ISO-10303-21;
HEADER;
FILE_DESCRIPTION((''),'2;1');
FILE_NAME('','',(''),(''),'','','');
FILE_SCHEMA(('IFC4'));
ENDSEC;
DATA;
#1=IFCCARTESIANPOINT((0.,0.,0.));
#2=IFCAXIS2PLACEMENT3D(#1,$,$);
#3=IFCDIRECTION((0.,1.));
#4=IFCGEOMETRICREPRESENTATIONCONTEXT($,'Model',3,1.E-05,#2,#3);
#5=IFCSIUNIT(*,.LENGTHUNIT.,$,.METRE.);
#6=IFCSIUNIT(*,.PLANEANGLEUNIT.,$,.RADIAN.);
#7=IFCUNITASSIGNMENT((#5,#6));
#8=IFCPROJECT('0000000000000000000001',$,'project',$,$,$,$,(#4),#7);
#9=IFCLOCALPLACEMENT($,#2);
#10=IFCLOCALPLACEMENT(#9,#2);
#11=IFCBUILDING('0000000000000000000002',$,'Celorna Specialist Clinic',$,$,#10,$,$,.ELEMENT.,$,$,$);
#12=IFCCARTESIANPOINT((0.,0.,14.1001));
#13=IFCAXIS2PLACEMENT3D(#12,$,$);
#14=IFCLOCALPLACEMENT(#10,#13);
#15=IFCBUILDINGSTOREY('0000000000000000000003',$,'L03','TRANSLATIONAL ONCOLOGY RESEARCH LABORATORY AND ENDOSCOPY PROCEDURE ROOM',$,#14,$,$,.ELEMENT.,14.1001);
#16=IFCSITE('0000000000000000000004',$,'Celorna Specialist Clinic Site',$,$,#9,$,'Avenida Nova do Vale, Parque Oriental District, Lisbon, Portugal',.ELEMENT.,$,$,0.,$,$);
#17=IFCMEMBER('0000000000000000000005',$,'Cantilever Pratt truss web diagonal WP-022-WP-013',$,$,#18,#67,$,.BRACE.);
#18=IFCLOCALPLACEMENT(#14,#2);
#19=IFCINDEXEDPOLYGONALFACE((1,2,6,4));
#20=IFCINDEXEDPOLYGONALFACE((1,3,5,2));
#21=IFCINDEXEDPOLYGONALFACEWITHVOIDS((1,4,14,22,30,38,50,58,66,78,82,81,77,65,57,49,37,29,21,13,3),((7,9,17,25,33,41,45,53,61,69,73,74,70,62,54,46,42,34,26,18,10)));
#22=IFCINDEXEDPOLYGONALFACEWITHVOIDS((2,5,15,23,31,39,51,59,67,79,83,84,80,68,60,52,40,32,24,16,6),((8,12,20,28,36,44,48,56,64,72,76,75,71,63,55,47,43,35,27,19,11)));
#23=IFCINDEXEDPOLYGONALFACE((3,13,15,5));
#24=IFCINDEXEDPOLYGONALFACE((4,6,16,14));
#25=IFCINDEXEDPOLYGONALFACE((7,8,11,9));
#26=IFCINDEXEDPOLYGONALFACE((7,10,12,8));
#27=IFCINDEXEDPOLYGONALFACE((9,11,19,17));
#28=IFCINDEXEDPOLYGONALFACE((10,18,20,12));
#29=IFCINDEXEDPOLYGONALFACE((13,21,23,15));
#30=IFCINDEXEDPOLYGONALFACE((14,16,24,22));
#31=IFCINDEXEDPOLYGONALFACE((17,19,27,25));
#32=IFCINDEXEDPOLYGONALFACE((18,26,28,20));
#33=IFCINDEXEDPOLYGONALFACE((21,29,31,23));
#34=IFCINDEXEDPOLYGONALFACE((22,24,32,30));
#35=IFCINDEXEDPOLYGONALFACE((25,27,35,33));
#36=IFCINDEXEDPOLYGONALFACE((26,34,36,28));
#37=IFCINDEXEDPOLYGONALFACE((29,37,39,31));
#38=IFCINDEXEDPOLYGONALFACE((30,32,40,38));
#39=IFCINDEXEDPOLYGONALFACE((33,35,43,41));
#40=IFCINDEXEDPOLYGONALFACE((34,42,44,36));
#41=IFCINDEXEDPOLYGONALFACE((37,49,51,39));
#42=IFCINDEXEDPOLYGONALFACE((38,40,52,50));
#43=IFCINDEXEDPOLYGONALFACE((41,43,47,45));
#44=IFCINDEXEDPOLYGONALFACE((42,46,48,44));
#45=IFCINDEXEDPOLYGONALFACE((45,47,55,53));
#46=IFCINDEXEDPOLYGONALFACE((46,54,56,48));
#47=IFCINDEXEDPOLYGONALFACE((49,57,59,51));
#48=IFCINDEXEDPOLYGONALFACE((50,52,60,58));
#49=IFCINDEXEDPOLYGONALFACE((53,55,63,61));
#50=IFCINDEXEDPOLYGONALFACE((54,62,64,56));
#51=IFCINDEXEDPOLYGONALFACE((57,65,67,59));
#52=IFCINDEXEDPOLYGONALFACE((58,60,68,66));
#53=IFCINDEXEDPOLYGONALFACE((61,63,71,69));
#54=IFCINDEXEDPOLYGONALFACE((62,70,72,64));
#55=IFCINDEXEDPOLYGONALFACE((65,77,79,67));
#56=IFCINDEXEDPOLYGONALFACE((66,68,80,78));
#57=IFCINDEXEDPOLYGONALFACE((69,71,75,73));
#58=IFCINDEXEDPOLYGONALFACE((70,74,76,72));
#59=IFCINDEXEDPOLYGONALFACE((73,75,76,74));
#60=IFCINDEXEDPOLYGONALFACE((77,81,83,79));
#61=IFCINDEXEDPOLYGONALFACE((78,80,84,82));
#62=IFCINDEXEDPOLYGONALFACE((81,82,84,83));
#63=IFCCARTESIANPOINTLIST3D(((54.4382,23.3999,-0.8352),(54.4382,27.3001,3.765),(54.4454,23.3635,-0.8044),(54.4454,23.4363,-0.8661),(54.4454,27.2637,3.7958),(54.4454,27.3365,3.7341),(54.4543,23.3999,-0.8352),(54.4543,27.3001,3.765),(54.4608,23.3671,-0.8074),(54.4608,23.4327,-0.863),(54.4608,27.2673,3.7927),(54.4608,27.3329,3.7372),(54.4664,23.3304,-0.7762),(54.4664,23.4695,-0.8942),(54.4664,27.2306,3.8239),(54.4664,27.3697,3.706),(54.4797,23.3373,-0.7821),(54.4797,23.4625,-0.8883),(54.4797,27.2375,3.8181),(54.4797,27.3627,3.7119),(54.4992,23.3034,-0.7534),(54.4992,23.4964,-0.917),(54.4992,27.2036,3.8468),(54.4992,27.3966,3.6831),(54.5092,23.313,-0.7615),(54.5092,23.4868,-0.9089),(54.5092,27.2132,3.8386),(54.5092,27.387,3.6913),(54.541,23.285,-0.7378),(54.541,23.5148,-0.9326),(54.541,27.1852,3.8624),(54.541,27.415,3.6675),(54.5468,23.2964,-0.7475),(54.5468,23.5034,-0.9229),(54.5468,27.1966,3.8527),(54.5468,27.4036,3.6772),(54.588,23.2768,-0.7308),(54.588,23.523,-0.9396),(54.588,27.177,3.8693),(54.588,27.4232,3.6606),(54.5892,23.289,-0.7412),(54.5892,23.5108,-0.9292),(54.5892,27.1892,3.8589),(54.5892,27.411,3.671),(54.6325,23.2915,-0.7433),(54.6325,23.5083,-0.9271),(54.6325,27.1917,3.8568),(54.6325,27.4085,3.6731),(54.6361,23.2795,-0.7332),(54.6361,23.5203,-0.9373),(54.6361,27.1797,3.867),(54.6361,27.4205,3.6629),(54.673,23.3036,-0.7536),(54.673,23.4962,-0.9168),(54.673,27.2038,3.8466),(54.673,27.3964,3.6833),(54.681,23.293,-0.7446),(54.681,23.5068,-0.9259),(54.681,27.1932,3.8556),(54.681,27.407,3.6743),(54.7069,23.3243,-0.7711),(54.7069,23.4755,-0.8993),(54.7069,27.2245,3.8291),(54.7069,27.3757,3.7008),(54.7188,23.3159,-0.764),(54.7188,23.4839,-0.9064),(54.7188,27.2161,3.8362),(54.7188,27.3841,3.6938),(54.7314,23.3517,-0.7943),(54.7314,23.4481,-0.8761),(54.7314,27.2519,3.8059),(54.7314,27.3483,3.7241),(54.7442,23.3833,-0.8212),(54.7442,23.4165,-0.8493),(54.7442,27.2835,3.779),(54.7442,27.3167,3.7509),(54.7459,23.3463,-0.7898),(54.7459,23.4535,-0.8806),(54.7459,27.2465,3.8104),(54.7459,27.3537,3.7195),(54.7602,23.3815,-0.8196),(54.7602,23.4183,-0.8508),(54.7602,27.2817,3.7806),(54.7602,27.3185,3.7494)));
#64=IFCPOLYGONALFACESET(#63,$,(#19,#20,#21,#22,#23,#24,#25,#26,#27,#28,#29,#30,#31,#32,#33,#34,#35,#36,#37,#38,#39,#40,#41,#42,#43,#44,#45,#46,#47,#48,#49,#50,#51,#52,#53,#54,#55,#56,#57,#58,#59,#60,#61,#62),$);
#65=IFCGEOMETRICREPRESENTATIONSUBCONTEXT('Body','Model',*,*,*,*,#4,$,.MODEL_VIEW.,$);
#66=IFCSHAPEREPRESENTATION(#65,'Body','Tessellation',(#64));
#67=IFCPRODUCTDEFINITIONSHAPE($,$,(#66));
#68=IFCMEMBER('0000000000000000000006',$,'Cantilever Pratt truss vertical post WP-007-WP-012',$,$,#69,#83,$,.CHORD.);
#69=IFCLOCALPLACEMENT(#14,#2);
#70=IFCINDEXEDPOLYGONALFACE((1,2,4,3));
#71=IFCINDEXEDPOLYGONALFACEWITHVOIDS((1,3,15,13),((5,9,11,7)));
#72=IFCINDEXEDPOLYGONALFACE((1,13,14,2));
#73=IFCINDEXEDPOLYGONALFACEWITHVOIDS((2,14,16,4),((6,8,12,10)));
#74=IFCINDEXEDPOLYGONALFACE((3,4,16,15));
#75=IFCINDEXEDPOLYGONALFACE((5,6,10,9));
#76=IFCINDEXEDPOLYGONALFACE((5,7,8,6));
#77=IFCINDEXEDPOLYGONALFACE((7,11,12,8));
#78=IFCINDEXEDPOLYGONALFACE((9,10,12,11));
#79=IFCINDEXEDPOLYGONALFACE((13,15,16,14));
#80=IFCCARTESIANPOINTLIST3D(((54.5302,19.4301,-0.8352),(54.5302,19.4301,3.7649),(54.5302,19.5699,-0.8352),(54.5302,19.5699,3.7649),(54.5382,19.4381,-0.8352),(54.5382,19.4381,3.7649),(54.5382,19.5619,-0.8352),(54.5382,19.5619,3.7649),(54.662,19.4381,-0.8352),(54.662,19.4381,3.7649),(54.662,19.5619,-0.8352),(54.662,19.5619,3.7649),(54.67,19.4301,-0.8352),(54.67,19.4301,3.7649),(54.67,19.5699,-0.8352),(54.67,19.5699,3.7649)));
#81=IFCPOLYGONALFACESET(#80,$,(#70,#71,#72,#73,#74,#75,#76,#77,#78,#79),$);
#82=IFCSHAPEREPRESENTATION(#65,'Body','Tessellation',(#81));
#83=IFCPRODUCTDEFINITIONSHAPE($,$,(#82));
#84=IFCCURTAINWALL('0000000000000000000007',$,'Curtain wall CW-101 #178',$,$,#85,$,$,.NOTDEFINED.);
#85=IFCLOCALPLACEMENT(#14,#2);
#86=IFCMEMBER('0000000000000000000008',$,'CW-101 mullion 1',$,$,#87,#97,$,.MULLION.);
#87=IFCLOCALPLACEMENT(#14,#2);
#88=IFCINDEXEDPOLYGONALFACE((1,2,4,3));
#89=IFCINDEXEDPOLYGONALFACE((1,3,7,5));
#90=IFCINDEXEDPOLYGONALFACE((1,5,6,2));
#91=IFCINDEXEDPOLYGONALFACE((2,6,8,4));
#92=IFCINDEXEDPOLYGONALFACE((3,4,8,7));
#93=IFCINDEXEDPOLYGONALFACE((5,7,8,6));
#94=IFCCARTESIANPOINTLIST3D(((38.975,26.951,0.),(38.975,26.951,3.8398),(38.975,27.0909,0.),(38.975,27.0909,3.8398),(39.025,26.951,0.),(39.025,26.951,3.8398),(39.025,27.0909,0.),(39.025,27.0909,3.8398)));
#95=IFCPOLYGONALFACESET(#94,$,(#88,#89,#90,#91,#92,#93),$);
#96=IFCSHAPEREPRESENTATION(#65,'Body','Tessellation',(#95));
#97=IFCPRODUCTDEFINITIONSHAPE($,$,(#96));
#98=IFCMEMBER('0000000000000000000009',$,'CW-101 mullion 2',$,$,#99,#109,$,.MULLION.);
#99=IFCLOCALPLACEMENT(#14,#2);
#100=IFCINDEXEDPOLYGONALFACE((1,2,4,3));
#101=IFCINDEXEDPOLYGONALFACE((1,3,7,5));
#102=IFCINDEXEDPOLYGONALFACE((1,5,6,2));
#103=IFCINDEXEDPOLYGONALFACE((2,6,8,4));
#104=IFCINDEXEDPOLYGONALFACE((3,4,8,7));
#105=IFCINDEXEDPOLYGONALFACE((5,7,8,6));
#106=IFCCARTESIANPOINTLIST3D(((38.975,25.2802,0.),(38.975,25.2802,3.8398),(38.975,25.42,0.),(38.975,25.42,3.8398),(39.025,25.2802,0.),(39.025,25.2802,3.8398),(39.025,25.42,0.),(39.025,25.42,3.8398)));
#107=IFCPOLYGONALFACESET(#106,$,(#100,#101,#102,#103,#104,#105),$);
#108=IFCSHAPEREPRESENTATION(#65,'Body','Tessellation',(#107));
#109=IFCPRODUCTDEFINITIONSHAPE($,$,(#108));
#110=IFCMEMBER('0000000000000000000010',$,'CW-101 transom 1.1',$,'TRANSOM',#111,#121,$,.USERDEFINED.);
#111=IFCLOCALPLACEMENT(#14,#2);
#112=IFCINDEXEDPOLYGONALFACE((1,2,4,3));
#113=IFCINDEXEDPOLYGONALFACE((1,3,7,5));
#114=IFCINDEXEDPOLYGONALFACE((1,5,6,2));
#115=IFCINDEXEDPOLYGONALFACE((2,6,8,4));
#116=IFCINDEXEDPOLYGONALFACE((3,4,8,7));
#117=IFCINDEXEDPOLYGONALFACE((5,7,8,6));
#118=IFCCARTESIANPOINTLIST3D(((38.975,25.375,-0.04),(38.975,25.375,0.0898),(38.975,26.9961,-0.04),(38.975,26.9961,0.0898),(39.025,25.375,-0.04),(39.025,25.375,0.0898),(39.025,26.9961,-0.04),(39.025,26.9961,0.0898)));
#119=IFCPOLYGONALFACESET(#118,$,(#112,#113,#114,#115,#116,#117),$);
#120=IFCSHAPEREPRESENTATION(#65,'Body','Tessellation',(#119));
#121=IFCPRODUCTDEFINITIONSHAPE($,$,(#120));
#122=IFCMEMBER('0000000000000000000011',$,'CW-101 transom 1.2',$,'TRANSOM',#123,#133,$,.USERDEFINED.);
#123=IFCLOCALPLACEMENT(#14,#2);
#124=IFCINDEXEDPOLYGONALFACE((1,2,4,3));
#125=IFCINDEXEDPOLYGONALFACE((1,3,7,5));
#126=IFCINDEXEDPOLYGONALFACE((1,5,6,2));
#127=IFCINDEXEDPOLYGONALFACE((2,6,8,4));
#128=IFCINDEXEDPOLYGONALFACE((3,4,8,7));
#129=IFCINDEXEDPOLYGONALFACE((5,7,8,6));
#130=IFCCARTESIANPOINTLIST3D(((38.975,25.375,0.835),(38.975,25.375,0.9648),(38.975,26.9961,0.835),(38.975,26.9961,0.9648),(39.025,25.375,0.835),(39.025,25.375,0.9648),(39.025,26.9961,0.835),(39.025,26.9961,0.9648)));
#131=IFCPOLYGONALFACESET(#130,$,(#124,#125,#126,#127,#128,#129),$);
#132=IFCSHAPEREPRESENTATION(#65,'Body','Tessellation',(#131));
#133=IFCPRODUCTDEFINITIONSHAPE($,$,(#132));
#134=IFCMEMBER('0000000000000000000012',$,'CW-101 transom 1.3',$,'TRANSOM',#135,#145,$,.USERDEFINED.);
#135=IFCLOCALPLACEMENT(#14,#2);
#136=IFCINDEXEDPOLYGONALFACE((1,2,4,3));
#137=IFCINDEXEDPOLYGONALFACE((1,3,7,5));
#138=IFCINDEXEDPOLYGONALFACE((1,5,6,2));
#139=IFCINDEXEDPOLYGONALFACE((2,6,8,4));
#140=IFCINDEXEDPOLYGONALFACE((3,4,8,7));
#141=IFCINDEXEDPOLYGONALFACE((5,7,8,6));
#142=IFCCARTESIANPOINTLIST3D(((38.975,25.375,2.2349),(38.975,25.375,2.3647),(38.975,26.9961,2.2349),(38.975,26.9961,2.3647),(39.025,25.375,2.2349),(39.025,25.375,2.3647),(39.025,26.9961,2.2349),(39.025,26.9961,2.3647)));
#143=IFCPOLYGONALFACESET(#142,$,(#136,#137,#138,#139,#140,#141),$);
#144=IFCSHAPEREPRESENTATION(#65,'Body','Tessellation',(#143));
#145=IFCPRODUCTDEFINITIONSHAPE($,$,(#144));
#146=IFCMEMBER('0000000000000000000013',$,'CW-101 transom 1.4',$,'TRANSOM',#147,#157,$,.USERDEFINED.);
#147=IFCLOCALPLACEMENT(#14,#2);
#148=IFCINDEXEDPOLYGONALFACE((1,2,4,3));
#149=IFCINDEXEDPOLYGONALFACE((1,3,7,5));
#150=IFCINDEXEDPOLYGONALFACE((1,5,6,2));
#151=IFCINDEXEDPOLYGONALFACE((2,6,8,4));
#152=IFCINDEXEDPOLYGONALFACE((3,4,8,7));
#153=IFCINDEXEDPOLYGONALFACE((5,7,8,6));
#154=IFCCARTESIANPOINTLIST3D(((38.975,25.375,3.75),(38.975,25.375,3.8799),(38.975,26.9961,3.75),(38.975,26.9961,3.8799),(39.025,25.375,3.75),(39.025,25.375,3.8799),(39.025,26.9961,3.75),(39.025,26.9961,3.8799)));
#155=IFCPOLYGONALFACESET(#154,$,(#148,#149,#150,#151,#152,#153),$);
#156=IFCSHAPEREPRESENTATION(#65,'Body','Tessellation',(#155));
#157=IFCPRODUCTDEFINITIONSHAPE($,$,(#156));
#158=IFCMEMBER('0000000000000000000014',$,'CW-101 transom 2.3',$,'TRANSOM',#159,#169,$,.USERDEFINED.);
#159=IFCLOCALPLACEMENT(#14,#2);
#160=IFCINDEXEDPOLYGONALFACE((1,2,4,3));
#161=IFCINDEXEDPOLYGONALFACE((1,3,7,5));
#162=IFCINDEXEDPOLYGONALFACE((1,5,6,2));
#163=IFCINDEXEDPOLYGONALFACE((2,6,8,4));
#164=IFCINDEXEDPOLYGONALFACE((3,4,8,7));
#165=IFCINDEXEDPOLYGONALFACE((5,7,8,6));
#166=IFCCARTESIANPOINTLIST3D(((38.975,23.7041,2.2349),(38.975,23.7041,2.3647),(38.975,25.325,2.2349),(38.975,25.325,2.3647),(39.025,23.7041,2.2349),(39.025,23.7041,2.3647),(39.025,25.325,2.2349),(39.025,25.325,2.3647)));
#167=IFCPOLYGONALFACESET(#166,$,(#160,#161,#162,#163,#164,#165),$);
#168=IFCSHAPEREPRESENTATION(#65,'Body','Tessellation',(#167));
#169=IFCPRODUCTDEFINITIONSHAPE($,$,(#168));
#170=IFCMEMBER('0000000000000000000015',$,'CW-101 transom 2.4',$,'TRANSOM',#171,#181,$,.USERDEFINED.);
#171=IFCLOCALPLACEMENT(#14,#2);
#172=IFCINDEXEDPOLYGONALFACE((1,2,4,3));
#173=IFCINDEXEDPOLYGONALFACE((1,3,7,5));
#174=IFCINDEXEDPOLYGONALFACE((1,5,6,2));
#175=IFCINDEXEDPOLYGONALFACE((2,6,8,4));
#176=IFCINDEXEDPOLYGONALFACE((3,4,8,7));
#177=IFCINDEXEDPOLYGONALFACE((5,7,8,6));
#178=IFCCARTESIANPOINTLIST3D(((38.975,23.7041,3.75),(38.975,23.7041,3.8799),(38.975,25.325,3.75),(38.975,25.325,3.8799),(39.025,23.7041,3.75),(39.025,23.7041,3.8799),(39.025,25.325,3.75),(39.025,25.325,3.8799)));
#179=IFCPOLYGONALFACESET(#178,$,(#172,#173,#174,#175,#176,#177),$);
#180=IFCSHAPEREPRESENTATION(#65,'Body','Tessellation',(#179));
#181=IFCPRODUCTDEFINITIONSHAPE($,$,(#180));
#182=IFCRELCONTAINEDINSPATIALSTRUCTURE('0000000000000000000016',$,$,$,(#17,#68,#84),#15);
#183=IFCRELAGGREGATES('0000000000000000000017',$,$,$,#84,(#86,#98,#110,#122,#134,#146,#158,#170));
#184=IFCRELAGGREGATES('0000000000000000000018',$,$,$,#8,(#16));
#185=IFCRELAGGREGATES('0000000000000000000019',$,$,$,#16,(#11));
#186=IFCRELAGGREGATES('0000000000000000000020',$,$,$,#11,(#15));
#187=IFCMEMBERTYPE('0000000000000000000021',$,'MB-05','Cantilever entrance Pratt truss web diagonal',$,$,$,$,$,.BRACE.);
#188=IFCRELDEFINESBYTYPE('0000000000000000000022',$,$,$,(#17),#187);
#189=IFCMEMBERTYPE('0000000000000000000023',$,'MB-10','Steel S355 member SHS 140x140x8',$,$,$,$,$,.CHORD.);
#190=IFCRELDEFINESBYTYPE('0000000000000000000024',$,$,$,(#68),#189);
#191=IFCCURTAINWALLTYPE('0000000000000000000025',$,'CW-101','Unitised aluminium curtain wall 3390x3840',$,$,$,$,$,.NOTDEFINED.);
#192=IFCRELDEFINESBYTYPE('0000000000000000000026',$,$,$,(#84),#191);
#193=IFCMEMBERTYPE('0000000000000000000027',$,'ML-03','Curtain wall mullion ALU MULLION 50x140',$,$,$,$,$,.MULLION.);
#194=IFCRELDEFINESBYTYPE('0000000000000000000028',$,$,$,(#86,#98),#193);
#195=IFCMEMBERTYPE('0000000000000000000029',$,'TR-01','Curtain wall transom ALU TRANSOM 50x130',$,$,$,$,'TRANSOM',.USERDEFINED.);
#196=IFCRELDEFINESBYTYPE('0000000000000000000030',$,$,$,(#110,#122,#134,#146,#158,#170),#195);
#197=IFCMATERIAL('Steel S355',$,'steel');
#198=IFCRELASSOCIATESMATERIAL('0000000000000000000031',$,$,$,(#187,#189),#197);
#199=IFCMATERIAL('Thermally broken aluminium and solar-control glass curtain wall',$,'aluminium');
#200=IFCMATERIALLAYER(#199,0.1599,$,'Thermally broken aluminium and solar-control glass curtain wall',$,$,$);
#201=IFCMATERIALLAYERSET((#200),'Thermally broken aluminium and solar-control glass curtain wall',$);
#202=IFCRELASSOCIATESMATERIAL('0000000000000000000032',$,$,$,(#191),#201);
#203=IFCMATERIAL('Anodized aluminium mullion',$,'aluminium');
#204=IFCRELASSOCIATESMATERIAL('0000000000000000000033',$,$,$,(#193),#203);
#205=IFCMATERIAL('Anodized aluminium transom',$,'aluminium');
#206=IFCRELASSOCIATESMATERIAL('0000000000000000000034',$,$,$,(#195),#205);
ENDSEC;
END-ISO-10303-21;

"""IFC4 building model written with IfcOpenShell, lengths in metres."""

from ifc_helpers import new_model, si_unit, direction, frame, origin, origin_2d, place, context, subcontext, project, spatial, rectangle, hollow_rectangle, hollow_circle, extrude, material, layer, layer_set, material_profile, profile_set, type_object, element, aggregate, save


model = new_model("IFC4")

# Units and contexts
model_context = context("Model", 3, precision=1e-05, world=origin(), true_north=direction((0.0, 1.0)))
body_context = subcontext(model_context, "Body", "Model", "MODEL_VIEW")
ifc_project = project(units=[si_unit("LENGTHUNIT", "METRE"), si_unit("PLANEANGLEUNIT", "RADIAN")], contexts=[model_context])

# Site, building, storey
site_placement = place(None, origin())
site = spatial("IfcSite", under=ifc_project, at=site_placement, Name="Celorna Specialist Clinic Site", LongName="Avenida Nova do Vale, Parque Oriental District, Lisbon, Portugal", CompositionType="ELEMENT", RefElevation=0.0)
building_placement = place(site_placement, origin())
building = spatial("IfcBuilding", under=site, at=building_placement, Name="Celorna Specialist Clinic", CompositionType="ELEMENT")
storey_placement = place(building_placement, frame((0.0, 0.0, 14.1001)))
storey = spatial("IfcBuildingStorey", under=building, at=storey_placement, Name="L03", Description="TRANSLATIONAL ONCOLOGY RESEARCH LABORATORY AND ENDOSCOPY PROCEDURE ROOM", CompositionType="ELEMENT", Elevation=14.1001)

# Shared definitions
ifc_material_1 = material(Name="Steel S355", Category="steel")

# Members
ifc_material_profile_1 = material_profile(ifc_material_1, hollow_circle(Radius=0.1619, WallThickness=0.0161, at=origin_2d()), Name="CHS 323.9x16")
ifc_profile_set_1 = profile_set([ifc_material_profile_1], Name="Steel S355")
member_type_1 = type_object("IfcMemberType", Name="MB-05", Description="Cantilever entrance Pratt truss web diagonal", PredefinedType="BRACE", material=ifc_profile_set_1)
member_1_placement = place(storey_placement, frame((54.6001, 23.3999, -0.8352), z_axis=(0.0, 0.646691, 0.762752), x_axis=(-1.0, 0.0, 0.0)))
element("IfcMember", 1, at=member_1_placement, inside=storey, type_object=member_type_1, Name="Cantilever Pratt truss web diagonal WP-022-WP-013", PredefinedType="BRACE", context=body_context, shape_type="SweptSolid", body=[
    extrude(hollow_circle(Radius=0.1619, WallThickness=0.0161, at=origin_2d()), origin(), (0.0, 0.0, 1.0), 6.031),
])
ifc_material_profile_2 = material_profile(ifc_material_1, hollow_rectangle(XDim=0.1399, YDim=0.1399, WallThickness=0.0081, at=origin_2d()), Name="SHS 140x140x8")
ifc_profile_set_2 = profile_set([ifc_material_profile_2], Name="Steel S355")
member_type_2 = type_object("IfcMemberType", Name="MB-10", Description="Steel S355 member SHS 140x140x8", PredefinedType="CHORD", material=ifc_profile_set_2)
member_2_placement = place(storey_placement, frame((54.6001, 19.5, -0.8352), z_axis=(0.0, 0.0, 1.0), x_axis=(1.0, 0.0, 0.0)))
element("IfcMember", 2, at=member_2_placement, inside=storey, type_object=member_type_2, Name="Cantilever Pratt truss vertical post WP-007-WP-012", PredefinedType="CHORD", context=body_context, shape_type="SweptSolid", body=[
    extrude(hollow_rectangle(XDim=0.1399, YDim=0.1399, WallThickness=0.0081, at=origin_2d()), origin(), (0.0, 0.0, 1.0), 4.6001),
])

# Curtain wall, members
ifc_material_2 = material(Name="Thermally broken aluminium and solar-control glass curtain wall", Category="aluminium")
ifc_layer_1 = layer(ifc_material_2, 0.1599, Name="Thermally broken aluminium and solar-control glass curtain wall")
ifc_layer_set_1 = layer_set([ifc_layer_1], Name="Thermally broken aluminium and solar-control glass curtain wall")
curtain_wall_type = type_object("IfcCurtainWallType", Name="CW-101", Description="Unitised aluminium curtain wall 3390x3840", PredefinedType="NOTDEFINED", material=ifc_layer_set_1)
curtain_wall_placement = place(storey_placement, origin())
curtain_wall = element("IfcCurtainWall", 3, at=curtain_wall_placement, inside=storey, type_object=curtain_wall_type, Name="Curtain wall CW-101 #178", PredefinedType="NOTDEFINED")
ifc_material_3 = material(Name="Anodized aluminium mullion", Category="aluminium")
ifc_material_profile_3 = material_profile(ifc_material_3, rectangle(XDim=0.05, YDim=0.1399, at=origin_2d()), Name="ALU MULLION 50x140")
ifc_profile_set_3 = profile_set([ifc_material_profile_3], Name="Anodized aluminium mullion")
member_type_3 = type_object("IfcMemberType", Name="ML-03", Description="Curtain wall mullion ALU MULLION 50x140", PredefinedType="MULLION", material=ifc_profile_set_3)
member_3_placement = place(storey_placement, frame((39.0, 27.021, 0.0), z_axis=(0.0, 0.0, 1.0), x_axis=(1.0, 0.0, 0.0)))
member_3 = element("IfcMember", 4, at=member_3_placement, type_object=member_type_3, Name="CW-101 mullion 1", PredefinedType="MULLION", context=body_context, shape_type="SweptSolid", body=[
    extrude(rectangle(XDim=0.05, YDim=0.1399, at=origin_2d()), origin(), (0.0, 0.0, 1.0), 3.8398),
])
member_4_placement = place(storey_placement, frame((39.0, 25.3501, 0.0), z_axis=(0.0, 0.0, 1.0), x_axis=(1.0, 0.0, 0.0)))
member_4 = element("IfcMember", 5, at=member_4_placement, type_object=member_type_3, Name="CW-101 mullion 2", PredefinedType="MULLION", context=body_context, shape_type="SweptSolid", body=[
    extrude(rectangle(XDim=0.05, YDim=0.1399, at=origin_2d()), origin(), (0.0, 0.0, 1.0), 3.8398),
])
ifc_material_4 = material(Name="Anodized aluminium transom", Category="aluminium")
ifc_material_profile_4 = material_profile(ifc_material_4, rectangle(XDim=0.05, YDim=0.1299, at=origin_2d()), Name="ALU TRANSOM 50x130")
ifc_profile_set_4 = profile_set([ifc_material_profile_4], Name="Anodized aluminium transom")
member_type_4 = type_object("IfcMemberType", Name="TR-01", Description="Curtain wall transom ALU TRANSOM 50x130", ElementType="TRANSOM", PredefinedType="USERDEFINED", material=ifc_profile_set_4)
member_5_placement = place(storey_placement, frame((39.0, 26.9961, 0.0249), z_axis=(0.0, -1.0, 0.0), x_axis=(1.0, 0.0, 0.0)))
member_5 = element("IfcMember", 6, at=member_5_placement, type_object=member_type_4, Name="CW-101 transom 1.1", ObjectType="TRANSOM", PredefinedType="USERDEFINED", context=body_context, shape_type="SweptSolid", body=[
    extrude(rectangle(XDim=0.05, YDim=0.1299, at=origin_2d()), origin(), (0.0, 0.0, 1.0), 1.6211),
])
member_6_placement = place(storey_placement, frame((39.0, 26.9961, 0.8999), z_axis=(0.0, -1.0, 0.0), x_axis=(1.0, 0.0, 0.0)))
member_6 = element("IfcMember", 7, at=member_6_placement, type_object=member_type_4, Name="CW-101 transom 1.2", ObjectType="TRANSOM", PredefinedType="USERDEFINED", context=body_context, shape_type="SweptSolid", body=[
    extrude(rectangle(XDim=0.05, YDim=0.1299, at=origin_2d()), origin(), (0.0, 0.0, 1.0), 1.6211),
])
member_7_placement = place(storey_placement, frame((39.0, 26.9961, 2.2998), z_axis=(0.0, -1.0, 0.0), x_axis=(1.0, 0.0, 0.0)))
member_7 = element("IfcMember", 8, at=member_7_placement, type_object=member_type_4, Name="CW-101 transom 1.3", ObjectType="TRANSOM", PredefinedType="USERDEFINED", context=body_context, shape_type="SweptSolid", body=[
    extrude(rectangle(XDim=0.05, YDim=0.1299, at=origin_2d()), origin(), (0.0, 0.0, 1.0), 1.6211),
])
member_8_placement = place(storey_placement, frame((39.0, 26.9961, 3.8149), z_axis=(0.0, -1.0, 0.0), x_axis=(1.0, 0.0, 0.0)))
member_8 = element("IfcMember", 9, at=member_8_placement, type_object=member_type_4, Name="CW-101 transom 1.4", ObjectType="TRANSOM", PredefinedType="USERDEFINED", context=body_context, shape_type="SweptSolid", body=[
    extrude(rectangle(XDim=0.05, YDim=0.1299, at=origin_2d()), origin(), (0.0, 0.0, 1.0), 1.6211),
])
member_9_placement = place(storey_placement, frame((39.0, 25.325, 2.2998), z_axis=(0.0, -1.0, 0.0), x_axis=(1.0, 0.0, 0.0)))
member_9 = element("IfcMember", 10, at=member_9_placement, type_object=member_type_4, Name="CW-101 transom 2.3", ObjectType="TRANSOM", PredefinedType="USERDEFINED", context=body_context, shape_type="SweptSolid", body=[
    extrude(rectangle(XDim=0.05, YDim=0.1299, at=origin_2d()), origin(), (0.0, 0.0, 1.0), 1.6208),
])
member_10_placement = place(storey_placement, frame((39.0, 25.325, 3.8149), z_axis=(0.0, -1.0, 0.0), x_axis=(1.0, 0.0, 0.0)))
member_10 = element("IfcMember", 11, at=member_10_placement, type_object=member_type_4, Name="CW-101 transom 2.4", ObjectType="TRANSOM", PredefinedType="USERDEFINED", context=body_context, shape_type="SweptSolid", body=[
    extrude(rectangle(XDim=0.05, YDim=0.1299, at=origin_2d()), origin(), (0.0, 0.0, 1.0), 1.6208),
])
aggregate(curtain_wall, [member_3, member_4, member_5, member_6, member_7, member_8, member_9, member_10])

save(model, "model.ifc")
